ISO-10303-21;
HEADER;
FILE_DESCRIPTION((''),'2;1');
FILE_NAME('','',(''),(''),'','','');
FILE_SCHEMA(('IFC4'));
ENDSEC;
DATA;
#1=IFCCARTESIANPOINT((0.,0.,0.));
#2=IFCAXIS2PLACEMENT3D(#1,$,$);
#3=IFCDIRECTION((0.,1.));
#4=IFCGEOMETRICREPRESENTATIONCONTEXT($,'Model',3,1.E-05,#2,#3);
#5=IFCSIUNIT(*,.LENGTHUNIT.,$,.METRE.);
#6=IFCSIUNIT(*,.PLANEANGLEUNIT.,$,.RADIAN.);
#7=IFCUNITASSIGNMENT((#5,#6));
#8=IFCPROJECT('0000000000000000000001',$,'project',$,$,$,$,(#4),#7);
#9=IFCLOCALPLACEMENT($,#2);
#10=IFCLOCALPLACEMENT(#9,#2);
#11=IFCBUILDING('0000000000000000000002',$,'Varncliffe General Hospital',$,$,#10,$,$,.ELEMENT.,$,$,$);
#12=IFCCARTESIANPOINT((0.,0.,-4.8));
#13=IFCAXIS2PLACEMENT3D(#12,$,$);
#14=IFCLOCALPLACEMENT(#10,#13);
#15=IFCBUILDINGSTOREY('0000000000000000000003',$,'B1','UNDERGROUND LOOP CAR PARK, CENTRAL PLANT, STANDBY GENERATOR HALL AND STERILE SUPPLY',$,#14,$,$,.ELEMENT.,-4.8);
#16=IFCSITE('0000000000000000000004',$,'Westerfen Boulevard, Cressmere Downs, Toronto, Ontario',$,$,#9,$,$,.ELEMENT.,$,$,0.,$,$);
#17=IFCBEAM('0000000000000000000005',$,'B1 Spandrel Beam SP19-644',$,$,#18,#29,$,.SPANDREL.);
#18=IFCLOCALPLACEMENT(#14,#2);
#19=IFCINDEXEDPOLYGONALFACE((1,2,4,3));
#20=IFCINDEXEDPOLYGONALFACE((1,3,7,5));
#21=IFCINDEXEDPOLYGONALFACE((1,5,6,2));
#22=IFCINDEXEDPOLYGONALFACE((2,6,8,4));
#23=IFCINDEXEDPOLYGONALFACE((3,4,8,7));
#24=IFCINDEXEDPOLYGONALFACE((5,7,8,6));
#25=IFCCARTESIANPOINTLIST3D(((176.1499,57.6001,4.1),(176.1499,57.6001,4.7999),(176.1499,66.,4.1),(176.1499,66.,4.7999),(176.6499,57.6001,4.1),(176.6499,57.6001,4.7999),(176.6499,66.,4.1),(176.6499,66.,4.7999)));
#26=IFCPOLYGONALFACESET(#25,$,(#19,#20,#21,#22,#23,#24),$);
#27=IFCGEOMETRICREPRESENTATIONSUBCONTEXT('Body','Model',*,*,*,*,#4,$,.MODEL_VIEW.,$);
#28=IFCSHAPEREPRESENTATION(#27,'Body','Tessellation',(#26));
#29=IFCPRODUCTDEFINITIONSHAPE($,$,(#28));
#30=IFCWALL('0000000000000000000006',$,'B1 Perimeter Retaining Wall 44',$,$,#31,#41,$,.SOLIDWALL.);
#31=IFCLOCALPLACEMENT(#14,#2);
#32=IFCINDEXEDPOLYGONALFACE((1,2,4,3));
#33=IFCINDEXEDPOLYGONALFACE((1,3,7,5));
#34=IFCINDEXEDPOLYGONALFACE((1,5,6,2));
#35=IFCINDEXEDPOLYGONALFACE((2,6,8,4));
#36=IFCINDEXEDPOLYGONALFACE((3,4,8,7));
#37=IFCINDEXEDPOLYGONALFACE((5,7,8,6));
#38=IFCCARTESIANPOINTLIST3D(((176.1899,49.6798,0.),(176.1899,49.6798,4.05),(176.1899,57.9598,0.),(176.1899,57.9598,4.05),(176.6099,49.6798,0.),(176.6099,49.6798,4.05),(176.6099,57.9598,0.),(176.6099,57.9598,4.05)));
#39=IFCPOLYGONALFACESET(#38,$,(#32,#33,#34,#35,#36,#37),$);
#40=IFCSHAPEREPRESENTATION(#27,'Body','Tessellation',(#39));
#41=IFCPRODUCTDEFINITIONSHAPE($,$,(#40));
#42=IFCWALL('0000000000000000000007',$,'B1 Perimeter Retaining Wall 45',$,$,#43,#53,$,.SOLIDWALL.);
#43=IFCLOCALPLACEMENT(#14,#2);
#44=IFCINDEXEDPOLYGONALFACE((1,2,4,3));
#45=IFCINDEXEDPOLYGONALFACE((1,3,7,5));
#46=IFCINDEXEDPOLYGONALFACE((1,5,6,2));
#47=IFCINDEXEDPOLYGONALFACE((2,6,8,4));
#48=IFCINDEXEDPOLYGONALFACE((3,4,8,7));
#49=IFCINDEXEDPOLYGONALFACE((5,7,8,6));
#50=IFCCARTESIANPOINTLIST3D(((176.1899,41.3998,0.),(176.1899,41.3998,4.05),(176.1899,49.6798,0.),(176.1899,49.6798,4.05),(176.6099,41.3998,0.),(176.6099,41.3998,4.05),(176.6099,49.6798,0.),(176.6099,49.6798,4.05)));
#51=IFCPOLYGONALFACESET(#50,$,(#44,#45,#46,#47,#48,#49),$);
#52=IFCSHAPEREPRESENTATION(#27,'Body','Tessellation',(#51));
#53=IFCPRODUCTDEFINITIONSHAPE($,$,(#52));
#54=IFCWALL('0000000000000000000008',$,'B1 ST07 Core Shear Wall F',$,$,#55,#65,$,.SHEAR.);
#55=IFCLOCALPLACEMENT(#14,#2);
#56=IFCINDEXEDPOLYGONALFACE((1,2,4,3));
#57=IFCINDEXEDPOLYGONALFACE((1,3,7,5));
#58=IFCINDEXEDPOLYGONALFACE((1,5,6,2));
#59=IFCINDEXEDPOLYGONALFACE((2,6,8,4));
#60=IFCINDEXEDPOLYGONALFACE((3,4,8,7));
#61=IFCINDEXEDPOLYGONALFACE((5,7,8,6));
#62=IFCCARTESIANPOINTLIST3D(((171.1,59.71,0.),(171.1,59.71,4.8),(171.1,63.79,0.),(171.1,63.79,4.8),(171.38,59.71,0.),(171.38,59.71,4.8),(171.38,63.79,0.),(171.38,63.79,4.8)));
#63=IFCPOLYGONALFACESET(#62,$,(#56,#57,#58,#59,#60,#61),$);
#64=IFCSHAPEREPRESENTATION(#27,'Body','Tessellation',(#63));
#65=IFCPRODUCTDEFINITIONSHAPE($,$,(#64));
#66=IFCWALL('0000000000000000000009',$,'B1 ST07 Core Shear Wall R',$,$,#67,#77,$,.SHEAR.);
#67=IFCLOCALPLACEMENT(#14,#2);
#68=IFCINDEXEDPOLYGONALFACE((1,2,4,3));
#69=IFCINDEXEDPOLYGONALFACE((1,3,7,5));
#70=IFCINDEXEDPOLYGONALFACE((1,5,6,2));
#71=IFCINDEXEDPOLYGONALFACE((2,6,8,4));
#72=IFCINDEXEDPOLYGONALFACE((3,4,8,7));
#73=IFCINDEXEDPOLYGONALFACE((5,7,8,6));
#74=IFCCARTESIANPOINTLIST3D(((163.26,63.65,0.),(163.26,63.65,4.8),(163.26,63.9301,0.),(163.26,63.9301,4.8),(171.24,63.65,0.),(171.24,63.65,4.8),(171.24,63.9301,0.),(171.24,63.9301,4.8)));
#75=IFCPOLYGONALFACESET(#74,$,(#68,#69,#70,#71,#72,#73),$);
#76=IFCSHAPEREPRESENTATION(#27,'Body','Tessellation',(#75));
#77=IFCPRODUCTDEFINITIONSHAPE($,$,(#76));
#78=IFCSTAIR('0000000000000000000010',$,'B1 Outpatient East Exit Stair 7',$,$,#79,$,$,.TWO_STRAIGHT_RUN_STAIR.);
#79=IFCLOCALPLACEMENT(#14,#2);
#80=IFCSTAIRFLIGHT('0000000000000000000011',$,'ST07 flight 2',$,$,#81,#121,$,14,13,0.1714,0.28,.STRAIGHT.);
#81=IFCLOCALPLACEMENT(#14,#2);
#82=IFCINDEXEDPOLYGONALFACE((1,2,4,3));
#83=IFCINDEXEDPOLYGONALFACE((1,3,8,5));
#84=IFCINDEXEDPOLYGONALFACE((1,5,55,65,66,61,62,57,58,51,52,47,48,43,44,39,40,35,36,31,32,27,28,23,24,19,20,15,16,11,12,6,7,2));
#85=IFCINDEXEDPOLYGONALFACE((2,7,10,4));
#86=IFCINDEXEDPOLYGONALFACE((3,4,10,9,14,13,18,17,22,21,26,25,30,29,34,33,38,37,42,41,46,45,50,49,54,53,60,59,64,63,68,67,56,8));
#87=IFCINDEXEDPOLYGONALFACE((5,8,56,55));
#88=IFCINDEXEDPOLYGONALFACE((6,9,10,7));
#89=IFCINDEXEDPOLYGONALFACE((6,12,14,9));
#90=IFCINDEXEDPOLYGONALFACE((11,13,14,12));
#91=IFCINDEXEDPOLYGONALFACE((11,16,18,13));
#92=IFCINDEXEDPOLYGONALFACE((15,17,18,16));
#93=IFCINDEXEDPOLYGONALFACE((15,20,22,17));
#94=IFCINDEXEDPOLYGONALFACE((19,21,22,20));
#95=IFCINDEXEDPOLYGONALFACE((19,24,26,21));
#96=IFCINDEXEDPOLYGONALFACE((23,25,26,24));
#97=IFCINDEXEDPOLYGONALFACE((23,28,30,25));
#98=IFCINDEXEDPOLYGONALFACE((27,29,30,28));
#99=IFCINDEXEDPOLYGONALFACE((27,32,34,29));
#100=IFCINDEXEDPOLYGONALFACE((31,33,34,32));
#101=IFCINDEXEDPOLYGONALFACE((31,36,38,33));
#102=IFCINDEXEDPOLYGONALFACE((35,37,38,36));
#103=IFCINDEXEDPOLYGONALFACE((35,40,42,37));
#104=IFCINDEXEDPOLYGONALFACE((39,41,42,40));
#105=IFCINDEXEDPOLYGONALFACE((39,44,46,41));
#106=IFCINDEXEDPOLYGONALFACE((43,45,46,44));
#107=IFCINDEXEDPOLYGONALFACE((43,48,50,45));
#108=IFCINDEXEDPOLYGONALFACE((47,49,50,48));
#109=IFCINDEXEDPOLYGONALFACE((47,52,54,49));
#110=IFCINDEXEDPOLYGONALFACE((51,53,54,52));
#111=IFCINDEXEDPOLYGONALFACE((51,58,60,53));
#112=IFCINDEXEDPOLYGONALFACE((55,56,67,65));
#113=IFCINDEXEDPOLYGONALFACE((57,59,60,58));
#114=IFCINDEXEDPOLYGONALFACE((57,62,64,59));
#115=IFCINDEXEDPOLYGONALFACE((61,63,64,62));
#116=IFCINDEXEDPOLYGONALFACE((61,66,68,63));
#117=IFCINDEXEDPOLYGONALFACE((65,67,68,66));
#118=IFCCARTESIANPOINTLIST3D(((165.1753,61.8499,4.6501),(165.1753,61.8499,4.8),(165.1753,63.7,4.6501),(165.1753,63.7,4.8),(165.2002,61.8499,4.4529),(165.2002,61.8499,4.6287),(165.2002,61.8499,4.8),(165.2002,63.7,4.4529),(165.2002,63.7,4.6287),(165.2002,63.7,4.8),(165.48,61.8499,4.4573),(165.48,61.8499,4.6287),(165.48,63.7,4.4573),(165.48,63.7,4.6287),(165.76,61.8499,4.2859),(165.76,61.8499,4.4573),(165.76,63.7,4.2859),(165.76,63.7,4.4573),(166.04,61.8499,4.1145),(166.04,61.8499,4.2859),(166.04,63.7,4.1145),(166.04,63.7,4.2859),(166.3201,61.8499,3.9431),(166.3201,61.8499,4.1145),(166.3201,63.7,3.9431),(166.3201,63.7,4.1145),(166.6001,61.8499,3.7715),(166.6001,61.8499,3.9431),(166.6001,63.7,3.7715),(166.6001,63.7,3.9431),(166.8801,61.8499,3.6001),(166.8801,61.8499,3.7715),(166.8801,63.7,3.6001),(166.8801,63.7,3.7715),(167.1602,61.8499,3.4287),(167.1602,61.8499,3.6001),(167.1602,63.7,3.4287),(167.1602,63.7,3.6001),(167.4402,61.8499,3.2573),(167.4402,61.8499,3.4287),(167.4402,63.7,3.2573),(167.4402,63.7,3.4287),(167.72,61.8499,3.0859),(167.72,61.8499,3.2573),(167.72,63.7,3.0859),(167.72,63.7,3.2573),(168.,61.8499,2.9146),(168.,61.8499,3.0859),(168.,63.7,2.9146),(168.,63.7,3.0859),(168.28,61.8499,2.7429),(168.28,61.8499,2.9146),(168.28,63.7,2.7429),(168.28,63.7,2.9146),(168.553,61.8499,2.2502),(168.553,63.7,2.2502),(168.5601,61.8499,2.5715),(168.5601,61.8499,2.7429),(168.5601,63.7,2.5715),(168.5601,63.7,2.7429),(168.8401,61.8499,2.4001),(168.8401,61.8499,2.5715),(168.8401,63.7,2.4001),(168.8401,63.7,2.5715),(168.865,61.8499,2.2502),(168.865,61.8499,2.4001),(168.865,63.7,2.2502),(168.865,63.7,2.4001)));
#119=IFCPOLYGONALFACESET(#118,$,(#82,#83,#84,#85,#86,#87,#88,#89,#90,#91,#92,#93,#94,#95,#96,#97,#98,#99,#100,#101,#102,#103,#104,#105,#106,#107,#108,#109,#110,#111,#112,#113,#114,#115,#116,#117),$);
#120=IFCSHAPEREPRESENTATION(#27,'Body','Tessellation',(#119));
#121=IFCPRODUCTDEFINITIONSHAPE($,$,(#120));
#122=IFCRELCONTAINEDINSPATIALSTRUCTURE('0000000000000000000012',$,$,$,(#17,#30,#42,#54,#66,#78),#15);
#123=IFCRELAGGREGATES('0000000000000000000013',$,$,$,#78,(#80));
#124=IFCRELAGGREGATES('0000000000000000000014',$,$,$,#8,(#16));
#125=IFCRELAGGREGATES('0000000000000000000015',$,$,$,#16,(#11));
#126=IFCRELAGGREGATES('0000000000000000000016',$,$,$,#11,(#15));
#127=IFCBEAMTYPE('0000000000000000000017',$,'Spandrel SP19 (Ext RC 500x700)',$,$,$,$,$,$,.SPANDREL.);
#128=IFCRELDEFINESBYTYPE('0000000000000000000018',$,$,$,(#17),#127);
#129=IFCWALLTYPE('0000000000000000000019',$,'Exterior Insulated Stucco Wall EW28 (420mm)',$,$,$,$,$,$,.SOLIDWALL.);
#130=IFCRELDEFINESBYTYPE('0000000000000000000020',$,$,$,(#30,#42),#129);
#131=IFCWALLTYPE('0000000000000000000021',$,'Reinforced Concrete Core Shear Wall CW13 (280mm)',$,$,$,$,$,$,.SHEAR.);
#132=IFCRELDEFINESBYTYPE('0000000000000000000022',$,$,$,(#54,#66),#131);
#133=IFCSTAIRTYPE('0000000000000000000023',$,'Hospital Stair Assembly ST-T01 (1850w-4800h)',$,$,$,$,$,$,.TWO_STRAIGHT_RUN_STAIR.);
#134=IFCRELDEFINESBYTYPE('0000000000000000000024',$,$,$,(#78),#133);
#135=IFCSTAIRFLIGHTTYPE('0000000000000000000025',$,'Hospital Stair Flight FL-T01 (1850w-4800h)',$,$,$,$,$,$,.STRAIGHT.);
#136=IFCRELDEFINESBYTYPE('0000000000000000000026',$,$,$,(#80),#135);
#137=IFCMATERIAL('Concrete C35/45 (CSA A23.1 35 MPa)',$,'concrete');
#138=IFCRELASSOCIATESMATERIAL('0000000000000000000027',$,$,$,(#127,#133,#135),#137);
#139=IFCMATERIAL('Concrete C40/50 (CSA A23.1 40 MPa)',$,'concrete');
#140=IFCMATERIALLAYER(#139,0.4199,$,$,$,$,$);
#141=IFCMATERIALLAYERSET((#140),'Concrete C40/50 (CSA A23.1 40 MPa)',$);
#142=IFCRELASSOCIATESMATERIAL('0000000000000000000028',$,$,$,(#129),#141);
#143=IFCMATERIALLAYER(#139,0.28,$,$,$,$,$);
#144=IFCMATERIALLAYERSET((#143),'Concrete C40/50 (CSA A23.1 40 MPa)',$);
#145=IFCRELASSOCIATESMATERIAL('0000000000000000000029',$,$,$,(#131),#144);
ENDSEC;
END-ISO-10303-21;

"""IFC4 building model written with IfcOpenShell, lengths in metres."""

from ifc_helpers import new_model, si_unit, direction, frame, frame_2d, origin, origin_2d, place, context, subcontext, project, spatial, polyline, rectangle, outline, extrude, material, layer, layer_set, material_profile, profile_set, type_object, element, aggregate, save


model = new_model("IFC4")

# Units and contexts
model_context = context("Model", 3, precision=1e-05, world=origin(), true_north=direction((0.0, 1.0)))
body_context = subcontext(model_context, "Body", "Model", "MODEL_VIEW")
ifc_project = project(units=[si_unit("LENGTHUNIT", "METRE"), si_unit("PLANEANGLEUNIT", "RADIAN")], contexts=[model_context])

# Site, building, storey
site_placement = place(None, origin())
site = spatial("IfcSite", under=ifc_project, at=site_placement, Name="Westerfen Boulevard, Cressmere Downs, Toronto, Ontario", CompositionType="ELEMENT", RefElevation=0.0)
building_placement = place(site_placement, origin())
building = spatial("IfcBuilding", under=site, at=building_placement, Name="Varncliffe General Hospital", CompositionType="ELEMENT")
storey_placement = place(building_placement, frame((0.0, 0.0, -4.8)))
storey = spatial("IfcBuildingStorey", under=building, at=storey_placement, Name="B1", Description="UNDERGROUND LOOP CAR PARK, CENTRAL PLANT, STANDBY GENERATOR HALL AND STERILE SUPPLY", CompositionType="ELEMENT", Elevation=-4.8)

# Shared definitions
ifc_material_1 = material(Name="Concrete C40/50 (CSA A23.1 40 MPa)", Category="concrete")

# Beam
ifc_material_2 = material(Name="Concrete C35/45 (CSA A23.1 35 MPa)", Category="concrete")
ifc_material_profile_1 = material_profile(ifc_material_2, rectangle(XDim=0.5, YDim=0.7, at=origin_2d()), Name="RC 500x700")
ifc_profile_set_1 = profile_set([ifc_material_profile_1], Name="Concrete C35/45 (CSA A23.1 35 MPa)")
beam_type = type_object("IfcBeamType", Name="Spandrel SP19 (Ext RC 500x700)", PredefinedType="SPANDREL", material=ifc_profile_set_1)
beam_1_placement = place(storey_placement, frame((176.3999, 57.6001, 4.45), z_axis=(0.0, 1.0, 0.0), x_axis=(-1.0, 0.0, 0.0)))
element("IfcBeam", 1, at=beam_1_placement, inside=storey, type_object=beam_type, Name="B1 Spandrel Beam SP19-644", PredefinedType="SPANDREL", context=body_context, shape_type="SweptSolid", body=[
    extrude(rectangle(XDim=0.5, YDim=0.7, at=origin_2d()), origin(), (0.0, 0.0, 1.0), 8.3999),
])

# Walls
ifc_layer_1 = layer(ifc_material_1, 0.4199)
ifc_layer_set_1 = layer_set([ifc_layer_1], Name="Concrete C40/50 (CSA A23.1 40 MPa)")
wall_type_1 = type_object("IfcWallType", Name="Exterior Insulated Stucco Wall EW28 (420mm)", PredefinedType="SOLIDWALL", material=ifc_layer_set_1)
for number, where, z_axis, x_axis, name in (
    (2, (176.3999, 57.96, 0.0), (0.0, 0.0, 1.0), (0.0, -1.0, 0.0), "B1 Perimeter Retaining Wall 44"),
    (3, (176.3999, 49.6799, 0.0), (0.0, 0.0, 1.0), (0.0, -1.0, 0.0), "B1 Perimeter Retaining Wall 45"),
):
    element("IfcWall", number, at=place(storey_placement, frame(where, z_axis=z_axis, x_axis=x_axis)), inside=storey, type_object=wall_type_1, Name=name, PredefinedType="SOLIDWALL", context=body_context, shape_type="SweptSolid", body=[
        extrude(rectangle(XDim=8.28, YDim=0.4199, at=frame_2d((4.1401, 0.0))), origin(), (0.0, 0.0, 1.0), 4.05),
    ])
ifc_layer_2 = layer(ifc_material_1, 0.28)
ifc_layer_set_2 = layer_set([ifc_layer_2], Name="Concrete C40/50 (CSA A23.1 40 MPa)")
wall_type_2 = type_object("IfcWallType", Name="Reinforced Concrete Core Shear Wall CW13 (280mm)", PredefinedType="SHEAR", material=ifc_layer_set_2)
wall_1_placement = place(storey_placement, frame((171.24, 59.71, 0.0), z_axis=(0.0, 0.0, 1.0), x_axis=(0.0, 1.0, 0.0)))
element("IfcWall", 4, at=wall_1_placement, inside=storey, type_object=wall_type_2, Name="B1 ST07 Core Shear Wall F", PredefinedType="SHEAR", context=body_context, shape_type="SweptSolid", body=[
    extrude(rectangle(XDim=4.0801, YDim=0.28, at=frame_2d((2.04, 0.0))), origin(), (0.0, 0.0, 1.0), 4.8),
])
wall_2_placement = place(storey_placement, frame((171.24, 63.79, 0.0), z_axis=(0.0, 0.0, 1.0), x_axis=(-1.0, 0.0, 0.0)))
element("IfcWall", 5, at=wall_2_placement, inside=storey, type_object=wall_type_2, Name="B1 ST07 Core Shear Wall R", PredefinedType="SHEAR", context=body_context, shape_type="SweptSolid", body=[
    extrude(rectangle(XDim=7.98, YDim=0.28, at=frame_2d((3.99, 0.0))), origin(), (0.0, 0.0, 1.0), 4.8),
])

# Stair, stair flight
stair_type = type_object("IfcStairType", Name="Hospital Stair Assembly ST-T01 (1850w-4800h)", PredefinedType="TWO_STRAIGHT_RUN_STAIR", material=ifc_material_2)
stair_placement = place(storey_placement, origin())
stair = element("IfcStair", 6, at=stair_placement, inside=storey, type_object=stair_type, Name="B1 Outpatient East Exit Stair 7", PredefinedType="TWO_STRAIGHT_RUN_STAIR")
stair_flight_type = type_object("IfcStairFlightType", Name="Hospital Stair Flight FL-T01 (1850w-4800h)", PredefinedType="STRAIGHT", material=ifc_material_2)
stair_flight_placement = place(storey_placement, frame((168.8401, 62.7749, 2.4001), z_axis=(0.0, 0.0, 1.0), x_axis=(-1.0, 0.0, 0.0)))
stair_flight = element("IfcStairFlight", 7, at=stair_flight_placement, type_object=stair_flight_type, Name="ST07 flight 2", NumberOfRisers=14, NumberOfTreads=13, PredefinedType="STRAIGHT", RiserHeight=0.1714, TreadLength=0.28, context=body_context, shape_type="SweptSolid", body=[
    extrude(outline(polyline([(-0.0249, -0.1499), (-0.0249, 0.0), (0.0, 0.0), (0.0, 0.1714), (0.28, 0.1714), (0.28, 0.3428), (0.5601, 0.3428), (0.5601, 0.5144), (0.8401, 0.5144), (0.8401, 0.6858), (1.1201, 0.6858), (1.1201, 0.8572), (1.3999, 0.8572), (1.3999, 1.0286), (1.6799, 1.0286), (1.6799, 1.2), (1.96, 1.2), (1.96, 1.3713), (2.24, 1.3713), (2.24, 1.543), (2.52, 1.543), (2.52, 1.7144), (2.8, 1.7144), (2.8, 1.8857), (3.0801, 1.8857), (3.0801, 2.0571), (3.3601, 2.0571), (3.3601, 2.2285), (3.6399, 2.2285), (3.6399, 2.3999), (3.6648, 2.3999), (3.6648, 2.25), (3.6399, 2.0527), (0.2871, -0.1499), (-0.0249, -0.1499)])), frame((0.0, 0.925, 0.0), z_axis=(0.0, -1.0, 0.0), x_axis=(1.0, 0.0, 0.0)), (0.0, 0.0, 1.0), 1.8501),
])
aggregate(stair, [stair_flight])

save(model, "model.ifc")
